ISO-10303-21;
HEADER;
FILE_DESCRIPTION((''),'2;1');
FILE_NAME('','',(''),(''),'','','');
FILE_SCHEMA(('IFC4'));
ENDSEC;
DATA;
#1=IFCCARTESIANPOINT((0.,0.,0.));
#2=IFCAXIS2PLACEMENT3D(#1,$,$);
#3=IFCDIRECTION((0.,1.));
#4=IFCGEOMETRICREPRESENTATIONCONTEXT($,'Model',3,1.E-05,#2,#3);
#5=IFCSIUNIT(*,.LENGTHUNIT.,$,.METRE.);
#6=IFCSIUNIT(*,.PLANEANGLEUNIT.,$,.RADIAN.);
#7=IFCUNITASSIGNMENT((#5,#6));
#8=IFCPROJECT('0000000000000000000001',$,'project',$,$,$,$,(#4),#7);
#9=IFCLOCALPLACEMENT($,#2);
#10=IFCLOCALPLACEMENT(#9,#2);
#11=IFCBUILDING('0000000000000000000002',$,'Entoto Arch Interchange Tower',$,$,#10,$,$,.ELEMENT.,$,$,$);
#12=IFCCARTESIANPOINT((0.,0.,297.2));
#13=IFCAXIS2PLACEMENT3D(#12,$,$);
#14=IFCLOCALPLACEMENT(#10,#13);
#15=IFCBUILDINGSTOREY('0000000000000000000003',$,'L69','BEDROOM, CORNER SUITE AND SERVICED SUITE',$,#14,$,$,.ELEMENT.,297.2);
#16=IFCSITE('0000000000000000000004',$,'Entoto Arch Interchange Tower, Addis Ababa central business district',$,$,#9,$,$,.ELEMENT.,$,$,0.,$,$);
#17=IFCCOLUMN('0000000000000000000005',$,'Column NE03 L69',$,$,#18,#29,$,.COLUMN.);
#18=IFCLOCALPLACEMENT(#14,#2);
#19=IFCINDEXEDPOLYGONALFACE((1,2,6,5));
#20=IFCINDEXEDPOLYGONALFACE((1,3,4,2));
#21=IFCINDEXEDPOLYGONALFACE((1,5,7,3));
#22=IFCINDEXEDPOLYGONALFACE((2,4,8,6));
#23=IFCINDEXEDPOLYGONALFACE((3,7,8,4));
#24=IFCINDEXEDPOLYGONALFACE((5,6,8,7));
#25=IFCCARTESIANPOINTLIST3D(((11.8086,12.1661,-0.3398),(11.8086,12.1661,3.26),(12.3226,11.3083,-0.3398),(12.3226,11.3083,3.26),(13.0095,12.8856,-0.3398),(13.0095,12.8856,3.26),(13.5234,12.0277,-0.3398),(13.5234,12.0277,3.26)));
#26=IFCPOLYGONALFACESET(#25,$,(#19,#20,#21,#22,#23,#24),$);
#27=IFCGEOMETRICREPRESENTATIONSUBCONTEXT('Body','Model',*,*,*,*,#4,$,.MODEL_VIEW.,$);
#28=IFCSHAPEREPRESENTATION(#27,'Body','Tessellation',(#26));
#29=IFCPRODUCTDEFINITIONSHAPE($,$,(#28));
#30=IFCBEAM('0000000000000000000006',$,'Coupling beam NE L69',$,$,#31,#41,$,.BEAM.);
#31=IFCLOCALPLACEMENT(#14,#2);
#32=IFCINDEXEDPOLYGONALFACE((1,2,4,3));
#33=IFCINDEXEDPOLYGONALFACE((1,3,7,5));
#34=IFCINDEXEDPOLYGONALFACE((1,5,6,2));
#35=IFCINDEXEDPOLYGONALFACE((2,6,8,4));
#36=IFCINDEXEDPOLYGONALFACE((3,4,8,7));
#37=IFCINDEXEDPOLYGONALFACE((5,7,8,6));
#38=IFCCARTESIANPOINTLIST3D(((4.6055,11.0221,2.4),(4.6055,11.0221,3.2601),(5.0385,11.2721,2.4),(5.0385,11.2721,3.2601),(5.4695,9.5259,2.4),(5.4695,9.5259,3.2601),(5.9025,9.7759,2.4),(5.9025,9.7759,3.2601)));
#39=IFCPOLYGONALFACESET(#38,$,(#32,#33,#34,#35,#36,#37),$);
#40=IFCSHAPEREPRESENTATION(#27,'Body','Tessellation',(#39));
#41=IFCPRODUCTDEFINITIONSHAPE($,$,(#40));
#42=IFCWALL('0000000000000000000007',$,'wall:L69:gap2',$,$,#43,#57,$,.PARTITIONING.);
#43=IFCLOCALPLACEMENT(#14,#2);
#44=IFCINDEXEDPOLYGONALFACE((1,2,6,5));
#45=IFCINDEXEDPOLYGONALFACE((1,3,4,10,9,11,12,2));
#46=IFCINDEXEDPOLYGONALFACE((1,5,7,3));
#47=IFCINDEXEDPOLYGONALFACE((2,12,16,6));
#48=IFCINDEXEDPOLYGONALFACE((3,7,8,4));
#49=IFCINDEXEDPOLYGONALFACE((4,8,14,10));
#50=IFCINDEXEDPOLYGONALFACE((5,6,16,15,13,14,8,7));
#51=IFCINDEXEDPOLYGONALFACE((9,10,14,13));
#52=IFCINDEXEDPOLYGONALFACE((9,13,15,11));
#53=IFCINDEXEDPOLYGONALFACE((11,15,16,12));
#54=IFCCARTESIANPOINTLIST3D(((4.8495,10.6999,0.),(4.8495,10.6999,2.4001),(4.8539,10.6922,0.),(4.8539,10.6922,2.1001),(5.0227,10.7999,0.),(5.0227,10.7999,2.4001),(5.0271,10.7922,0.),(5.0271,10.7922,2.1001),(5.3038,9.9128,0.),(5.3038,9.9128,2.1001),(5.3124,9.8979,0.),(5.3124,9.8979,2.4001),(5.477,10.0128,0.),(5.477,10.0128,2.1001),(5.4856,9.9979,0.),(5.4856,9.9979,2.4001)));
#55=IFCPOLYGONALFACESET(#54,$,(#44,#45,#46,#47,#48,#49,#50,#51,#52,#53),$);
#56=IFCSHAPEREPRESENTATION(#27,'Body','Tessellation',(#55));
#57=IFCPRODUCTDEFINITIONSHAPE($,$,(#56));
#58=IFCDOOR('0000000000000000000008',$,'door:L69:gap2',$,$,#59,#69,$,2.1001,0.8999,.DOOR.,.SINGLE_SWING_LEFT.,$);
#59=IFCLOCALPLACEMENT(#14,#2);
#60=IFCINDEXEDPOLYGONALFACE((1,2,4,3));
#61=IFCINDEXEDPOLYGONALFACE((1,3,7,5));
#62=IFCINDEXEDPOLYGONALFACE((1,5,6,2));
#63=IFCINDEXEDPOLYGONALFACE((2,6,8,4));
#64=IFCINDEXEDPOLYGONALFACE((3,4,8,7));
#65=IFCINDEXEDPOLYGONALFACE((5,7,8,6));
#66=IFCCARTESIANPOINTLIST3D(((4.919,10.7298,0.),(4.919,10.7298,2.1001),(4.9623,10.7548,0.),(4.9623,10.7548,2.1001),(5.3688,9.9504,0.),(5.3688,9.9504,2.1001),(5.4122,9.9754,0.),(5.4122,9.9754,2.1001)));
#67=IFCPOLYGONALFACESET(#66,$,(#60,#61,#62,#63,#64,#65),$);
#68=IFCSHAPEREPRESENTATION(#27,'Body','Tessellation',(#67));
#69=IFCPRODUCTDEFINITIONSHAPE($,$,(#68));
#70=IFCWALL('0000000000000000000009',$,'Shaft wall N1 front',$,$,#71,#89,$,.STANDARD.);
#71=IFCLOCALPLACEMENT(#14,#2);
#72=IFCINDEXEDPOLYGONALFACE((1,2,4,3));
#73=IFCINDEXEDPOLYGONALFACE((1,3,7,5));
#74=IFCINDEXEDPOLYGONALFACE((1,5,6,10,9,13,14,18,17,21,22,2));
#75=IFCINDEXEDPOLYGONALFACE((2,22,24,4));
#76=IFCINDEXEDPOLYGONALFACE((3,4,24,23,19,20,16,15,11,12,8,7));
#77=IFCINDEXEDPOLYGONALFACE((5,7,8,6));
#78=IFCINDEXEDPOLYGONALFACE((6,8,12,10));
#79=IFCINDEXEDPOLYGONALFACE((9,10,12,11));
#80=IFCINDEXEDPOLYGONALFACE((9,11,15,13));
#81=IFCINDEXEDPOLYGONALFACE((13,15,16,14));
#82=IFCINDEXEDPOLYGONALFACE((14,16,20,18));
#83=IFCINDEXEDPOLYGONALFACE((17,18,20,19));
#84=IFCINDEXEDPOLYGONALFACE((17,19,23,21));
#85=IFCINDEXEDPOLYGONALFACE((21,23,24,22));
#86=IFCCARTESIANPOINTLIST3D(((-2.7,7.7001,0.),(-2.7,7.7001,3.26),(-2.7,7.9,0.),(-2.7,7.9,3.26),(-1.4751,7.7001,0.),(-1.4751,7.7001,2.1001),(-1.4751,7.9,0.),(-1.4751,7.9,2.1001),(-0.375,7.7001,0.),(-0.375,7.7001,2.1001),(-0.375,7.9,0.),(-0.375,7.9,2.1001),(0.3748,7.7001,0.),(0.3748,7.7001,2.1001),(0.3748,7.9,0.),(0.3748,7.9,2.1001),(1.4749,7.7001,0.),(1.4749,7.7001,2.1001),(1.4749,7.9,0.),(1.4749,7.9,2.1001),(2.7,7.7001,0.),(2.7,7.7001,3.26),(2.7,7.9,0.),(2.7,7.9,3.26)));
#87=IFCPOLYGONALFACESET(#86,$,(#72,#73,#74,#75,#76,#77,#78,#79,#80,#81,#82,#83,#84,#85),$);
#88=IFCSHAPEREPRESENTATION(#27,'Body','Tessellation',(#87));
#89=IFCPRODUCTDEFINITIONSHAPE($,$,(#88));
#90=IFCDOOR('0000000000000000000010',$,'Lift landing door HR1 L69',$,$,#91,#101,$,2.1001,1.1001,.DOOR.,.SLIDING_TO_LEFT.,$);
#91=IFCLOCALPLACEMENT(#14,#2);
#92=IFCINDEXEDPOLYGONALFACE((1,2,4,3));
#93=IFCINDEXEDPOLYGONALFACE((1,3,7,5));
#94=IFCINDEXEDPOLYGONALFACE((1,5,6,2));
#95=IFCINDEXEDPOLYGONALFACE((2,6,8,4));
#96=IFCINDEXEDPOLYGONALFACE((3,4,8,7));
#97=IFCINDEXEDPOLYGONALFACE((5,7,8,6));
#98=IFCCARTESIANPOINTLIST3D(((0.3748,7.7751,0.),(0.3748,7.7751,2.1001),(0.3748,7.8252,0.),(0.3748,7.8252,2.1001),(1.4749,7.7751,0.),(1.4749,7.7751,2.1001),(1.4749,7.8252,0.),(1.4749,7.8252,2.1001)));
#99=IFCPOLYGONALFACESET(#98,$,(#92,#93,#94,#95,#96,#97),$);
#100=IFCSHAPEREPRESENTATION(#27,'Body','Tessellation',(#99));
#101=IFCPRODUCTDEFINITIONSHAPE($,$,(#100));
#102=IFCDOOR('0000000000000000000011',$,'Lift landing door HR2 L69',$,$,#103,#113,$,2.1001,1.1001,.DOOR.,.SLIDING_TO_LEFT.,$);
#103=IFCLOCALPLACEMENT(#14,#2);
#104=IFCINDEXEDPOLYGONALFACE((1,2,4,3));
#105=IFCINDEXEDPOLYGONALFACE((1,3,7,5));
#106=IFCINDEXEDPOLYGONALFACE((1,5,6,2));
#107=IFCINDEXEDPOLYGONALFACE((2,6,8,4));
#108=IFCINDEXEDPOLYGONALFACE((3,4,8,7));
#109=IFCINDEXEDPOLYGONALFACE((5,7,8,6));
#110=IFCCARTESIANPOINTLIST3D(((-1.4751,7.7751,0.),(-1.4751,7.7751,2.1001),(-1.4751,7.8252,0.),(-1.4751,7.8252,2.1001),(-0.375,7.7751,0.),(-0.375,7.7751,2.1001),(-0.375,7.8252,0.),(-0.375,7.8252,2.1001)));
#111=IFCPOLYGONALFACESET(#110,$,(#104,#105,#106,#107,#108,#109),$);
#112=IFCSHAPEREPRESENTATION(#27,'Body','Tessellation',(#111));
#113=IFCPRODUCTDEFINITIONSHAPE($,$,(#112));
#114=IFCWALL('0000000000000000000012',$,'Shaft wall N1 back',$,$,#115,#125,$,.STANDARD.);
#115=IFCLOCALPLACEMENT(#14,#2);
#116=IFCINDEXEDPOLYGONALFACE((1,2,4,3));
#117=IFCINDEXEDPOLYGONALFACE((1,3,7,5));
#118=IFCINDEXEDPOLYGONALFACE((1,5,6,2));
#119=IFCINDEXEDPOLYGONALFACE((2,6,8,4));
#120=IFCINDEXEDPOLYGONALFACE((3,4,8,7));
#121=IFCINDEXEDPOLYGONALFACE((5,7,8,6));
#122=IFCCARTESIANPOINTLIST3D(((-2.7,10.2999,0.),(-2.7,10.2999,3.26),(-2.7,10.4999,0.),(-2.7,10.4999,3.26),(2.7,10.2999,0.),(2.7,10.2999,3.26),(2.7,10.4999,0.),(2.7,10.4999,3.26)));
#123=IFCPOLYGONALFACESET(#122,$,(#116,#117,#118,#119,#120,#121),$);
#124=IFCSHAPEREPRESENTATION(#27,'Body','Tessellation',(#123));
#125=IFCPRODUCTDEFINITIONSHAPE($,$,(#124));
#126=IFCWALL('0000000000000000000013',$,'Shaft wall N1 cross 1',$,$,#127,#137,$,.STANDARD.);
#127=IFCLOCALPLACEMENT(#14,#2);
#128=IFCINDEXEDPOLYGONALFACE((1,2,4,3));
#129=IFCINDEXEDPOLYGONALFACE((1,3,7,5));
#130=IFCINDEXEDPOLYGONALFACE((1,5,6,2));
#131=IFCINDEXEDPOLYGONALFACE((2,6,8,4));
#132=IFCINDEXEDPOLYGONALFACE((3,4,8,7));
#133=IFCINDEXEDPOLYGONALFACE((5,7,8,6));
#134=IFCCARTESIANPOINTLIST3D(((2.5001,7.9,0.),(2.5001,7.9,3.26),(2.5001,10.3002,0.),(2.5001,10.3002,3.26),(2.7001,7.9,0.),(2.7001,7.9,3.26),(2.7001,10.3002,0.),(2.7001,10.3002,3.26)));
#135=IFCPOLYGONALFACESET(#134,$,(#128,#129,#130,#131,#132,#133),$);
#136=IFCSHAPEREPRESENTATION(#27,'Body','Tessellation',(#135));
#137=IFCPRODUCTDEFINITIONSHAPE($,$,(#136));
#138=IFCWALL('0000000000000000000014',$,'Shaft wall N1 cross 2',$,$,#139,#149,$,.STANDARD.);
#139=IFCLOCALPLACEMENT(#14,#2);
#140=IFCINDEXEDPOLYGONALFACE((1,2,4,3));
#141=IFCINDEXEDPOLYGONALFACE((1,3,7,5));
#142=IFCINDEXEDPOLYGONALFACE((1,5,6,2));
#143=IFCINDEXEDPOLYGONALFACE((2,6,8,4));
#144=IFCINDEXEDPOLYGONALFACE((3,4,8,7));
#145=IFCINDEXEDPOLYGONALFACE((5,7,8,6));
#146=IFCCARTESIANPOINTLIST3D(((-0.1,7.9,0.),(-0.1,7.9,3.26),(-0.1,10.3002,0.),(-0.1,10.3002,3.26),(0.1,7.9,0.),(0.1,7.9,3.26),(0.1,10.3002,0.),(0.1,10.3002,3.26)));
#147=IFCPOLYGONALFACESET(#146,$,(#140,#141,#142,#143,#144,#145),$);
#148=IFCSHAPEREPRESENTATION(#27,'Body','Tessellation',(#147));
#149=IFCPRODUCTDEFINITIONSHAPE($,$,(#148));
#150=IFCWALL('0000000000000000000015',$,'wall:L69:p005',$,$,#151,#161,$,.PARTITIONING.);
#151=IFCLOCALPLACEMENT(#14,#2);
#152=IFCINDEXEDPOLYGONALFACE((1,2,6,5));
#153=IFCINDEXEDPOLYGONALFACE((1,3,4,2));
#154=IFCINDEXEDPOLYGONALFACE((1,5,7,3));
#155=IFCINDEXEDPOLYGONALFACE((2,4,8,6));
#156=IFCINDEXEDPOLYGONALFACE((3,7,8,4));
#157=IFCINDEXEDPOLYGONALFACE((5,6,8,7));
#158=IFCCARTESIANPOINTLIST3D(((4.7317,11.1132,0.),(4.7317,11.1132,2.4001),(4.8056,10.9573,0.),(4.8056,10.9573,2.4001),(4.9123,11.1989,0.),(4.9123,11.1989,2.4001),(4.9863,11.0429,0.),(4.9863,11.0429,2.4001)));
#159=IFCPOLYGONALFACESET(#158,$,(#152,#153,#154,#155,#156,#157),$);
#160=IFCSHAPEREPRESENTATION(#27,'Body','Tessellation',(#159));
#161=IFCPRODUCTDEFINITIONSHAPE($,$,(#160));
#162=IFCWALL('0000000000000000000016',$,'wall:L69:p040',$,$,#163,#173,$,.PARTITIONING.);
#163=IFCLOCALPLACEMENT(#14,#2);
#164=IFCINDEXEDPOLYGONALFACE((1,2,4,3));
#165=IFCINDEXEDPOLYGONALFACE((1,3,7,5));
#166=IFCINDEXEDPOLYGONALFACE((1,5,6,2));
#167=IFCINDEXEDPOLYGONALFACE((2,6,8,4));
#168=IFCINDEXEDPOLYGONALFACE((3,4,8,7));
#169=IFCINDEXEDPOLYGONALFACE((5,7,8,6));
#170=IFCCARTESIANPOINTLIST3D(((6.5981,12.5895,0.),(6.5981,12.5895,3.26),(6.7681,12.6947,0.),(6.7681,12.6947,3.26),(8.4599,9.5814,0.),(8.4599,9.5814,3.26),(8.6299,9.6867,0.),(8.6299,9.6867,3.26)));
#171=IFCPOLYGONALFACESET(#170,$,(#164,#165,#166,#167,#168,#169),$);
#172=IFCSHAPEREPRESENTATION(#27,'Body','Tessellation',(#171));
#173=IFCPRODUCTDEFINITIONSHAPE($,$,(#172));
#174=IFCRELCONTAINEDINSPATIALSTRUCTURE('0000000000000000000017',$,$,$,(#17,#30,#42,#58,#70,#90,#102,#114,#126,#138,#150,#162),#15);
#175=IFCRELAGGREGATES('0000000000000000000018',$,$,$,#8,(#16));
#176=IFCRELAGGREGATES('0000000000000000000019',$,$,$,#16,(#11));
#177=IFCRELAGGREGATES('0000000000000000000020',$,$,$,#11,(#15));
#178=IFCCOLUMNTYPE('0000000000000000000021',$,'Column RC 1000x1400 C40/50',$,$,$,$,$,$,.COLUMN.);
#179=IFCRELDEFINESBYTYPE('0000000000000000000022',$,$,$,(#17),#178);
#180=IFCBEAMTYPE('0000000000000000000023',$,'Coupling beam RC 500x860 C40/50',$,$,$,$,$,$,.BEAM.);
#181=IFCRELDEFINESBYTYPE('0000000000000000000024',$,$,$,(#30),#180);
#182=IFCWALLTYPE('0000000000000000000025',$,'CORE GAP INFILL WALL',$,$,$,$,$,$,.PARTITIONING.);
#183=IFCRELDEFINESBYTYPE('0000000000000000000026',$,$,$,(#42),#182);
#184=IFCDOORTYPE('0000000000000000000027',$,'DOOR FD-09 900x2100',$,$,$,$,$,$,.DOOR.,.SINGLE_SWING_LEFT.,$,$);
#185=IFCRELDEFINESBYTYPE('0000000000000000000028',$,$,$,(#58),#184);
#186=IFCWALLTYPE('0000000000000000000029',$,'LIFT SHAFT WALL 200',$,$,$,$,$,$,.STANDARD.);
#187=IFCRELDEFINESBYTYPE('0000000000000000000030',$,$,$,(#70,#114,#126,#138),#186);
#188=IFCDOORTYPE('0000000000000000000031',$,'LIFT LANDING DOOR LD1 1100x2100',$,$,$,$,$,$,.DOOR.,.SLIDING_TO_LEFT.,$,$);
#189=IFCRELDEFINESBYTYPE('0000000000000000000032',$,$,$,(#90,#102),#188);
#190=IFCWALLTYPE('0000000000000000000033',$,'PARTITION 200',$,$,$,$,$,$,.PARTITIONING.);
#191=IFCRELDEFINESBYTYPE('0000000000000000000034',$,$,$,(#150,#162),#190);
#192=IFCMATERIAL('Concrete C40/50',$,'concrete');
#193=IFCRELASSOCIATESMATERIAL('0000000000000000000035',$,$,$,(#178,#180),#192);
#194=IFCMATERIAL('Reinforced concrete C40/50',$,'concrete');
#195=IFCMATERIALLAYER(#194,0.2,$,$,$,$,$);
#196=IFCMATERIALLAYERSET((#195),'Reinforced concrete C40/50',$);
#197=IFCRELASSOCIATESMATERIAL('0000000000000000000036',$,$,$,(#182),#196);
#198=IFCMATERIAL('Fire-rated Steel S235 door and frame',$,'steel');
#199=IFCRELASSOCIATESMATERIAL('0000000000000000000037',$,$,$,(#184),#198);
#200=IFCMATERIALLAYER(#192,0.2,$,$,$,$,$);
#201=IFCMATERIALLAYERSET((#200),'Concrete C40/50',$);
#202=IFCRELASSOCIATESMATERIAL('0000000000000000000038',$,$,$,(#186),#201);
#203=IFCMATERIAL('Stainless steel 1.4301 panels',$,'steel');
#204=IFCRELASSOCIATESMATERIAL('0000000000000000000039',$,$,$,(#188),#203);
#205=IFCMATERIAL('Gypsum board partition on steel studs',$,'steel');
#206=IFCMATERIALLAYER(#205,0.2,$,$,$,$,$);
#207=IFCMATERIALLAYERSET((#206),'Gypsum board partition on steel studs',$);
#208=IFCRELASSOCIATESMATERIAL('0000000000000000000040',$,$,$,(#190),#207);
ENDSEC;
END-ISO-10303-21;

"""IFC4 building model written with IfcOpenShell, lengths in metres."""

from ifc_helpers import new_model, si_unit, direction, frame, frame_2d, origin, origin_2d, place, context, subcontext, project, spatial, rectangle, extrude, material, layer, layer_set, material_profile, profile_set, type_object, element, fill, save


model = new_model("IFC4")

# Units and contexts
model_context = context("Model", 3, precision=1e-05, world=origin(), true_north=direction((0.0, 1.0)))
body_context = subcontext(model_context, "Body", "Model", "MODEL_VIEW")
ifc_project = project(units=[si_unit("LENGTHUNIT", "METRE"), si_unit("PLANEANGLEUNIT", "RADIAN")], contexts=[model_context])

# Site, building, storey
site_placement = place(None, origin())
site = spatial("IfcSite", under=ifc_project, at=site_placement, Name="Entoto Arch Interchange Tower, Addis Ababa central business district", CompositionType="ELEMENT", RefElevation=0.0)
building_placement = place(site_placement, origin())
building = spatial("IfcBuilding", under=site, at=building_placement, Name="Entoto Arch Interchange Tower", CompositionType="ELEMENT")
storey_placement = place(building_placement, frame((0.0, 0.0, 297.2)))
storey = spatial("IfcBuildingStorey", under=building, at=storey_placement, Name="L69", Description="BEDROOM, CORNER SUITE AND SERVICED SUITE", CompositionType="ELEMENT", Elevation=297.2)

# Column
ifc_material_1 = material(Name="Concrete C40/50", Category="concrete")
ifc_material_profile_1 = material_profile(ifc_material_1, rectangle(XDim=1.0, YDim=1.3999, at=origin_2d()))
ifc_profile_set_1 = profile_set([ifc_material_profile_1], Name="Concrete C40/50")
column_type = type_object("IfcColumnType", Name="Column RC 1000x1400 C40/50", PredefinedType="COLUMN", material=ifc_profile_set_1)
column_placement = place(storey_placement, frame((12.666, 12.0969, -0.3398), z_axis=(0.0, 0.0, 1.0), x_axis=(-0.513946, 0.857823, 0.0)))
element("IfcColumn", 1, at=column_placement, inside=storey, type_object=column_type, Name="Column NE03 L69", PredefinedType="COLUMN", context=body_context, shape_type="SweptSolid", body=[
    extrude(rectangle(XDim=1.0, YDim=1.3999, at=origin_2d()), origin(), (0.0, 0.0, 1.0), 3.5999),
])

# Beam
ifc_material_profile_2 = material_profile(ifc_material_1, rectangle(XDim=0.5, YDim=0.8601, at=origin_2d()))
ifc_profile_set_2 = profile_set([ifc_material_profile_2], Name="Concrete C40/50")
beam_type = type_object("IfcBeamType", Name="Coupling beam RC 500x860 C40/50", PredefinedType="BEAM", material=ifc_profile_set_2)
beam_placement = place(storey_placement, frame((5.686, 9.6509, 2.8301), z_axis=(-0.500106, 0.865964, 0.0), x_axis=(-0.865964, -0.500106, 0.0)))
element("IfcBeam", 2, at=beam_placement, inside=storey, type_object=beam_type, Name="Coupling beam NE L69", PredefinedType="BEAM", context=body_context, shape_type="SweptSolid", body=[
    extrude(rectangle(XDim=0.5, YDim=0.8601, at=origin_2d()), origin(), (0.0, 0.0, 1.0), 1.7278),
])

# Wall, opening, door
ifc_material_2 = material(Name="Reinforced concrete C40/50", Category="concrete")
ifc_layer_1 = layer(ifc_material_2, 0.2)
ifc_layer_set_1 = layer_set([ifc_layer_1], Name="Reinforced concrete C40/50")
wall_type_1 = type_object("IfcWallType", Name="CORE GAP INFILL WALL", PredefinedType="PARTITIONING", material=ifc_layer_set_1)
wall_1_placement = place(storey_placement, frame((5.3989, 9.948, 0.0), z_axis=(0.0, 0.0, 1.0), x_axis=(-0.499882, 0.866093, 0.0)))
wall_1 = element("IfcWall", 3, at=wall_1_placement, inside=storey, type_object=wall_type_1, Name="wall:L69:gap2", PredefinedType="PARTITIONING", context=body_context, shape_type="SweptSolid", body=[
    extrude(rectangle(XDim=0.926, YDim=0.2, at=frame_2d((0.4629, 0.0))), origin(), (0.0, 0.0, 1.0), 2.4001),
])
opening_1_placement = place(wall_1_placement, frame((0.0171, 0.0, 0.0)))
opening_1 = element("IfcOpeningElement", 4, at=opening_1_placement, cuts=wall_1, PredefinedType="OPENING", context=body_context, shape_type="SweptSolid", body=[
    extrude(rectangle(XDim=0.8999, YDim=2.1001, at=frame_2d((0.45, 1.05))), frame((0.0, 0.1099, 0.0), z_axis=(0.0, -1.0, 0.0), x_axis=(1.0, 0.0, 0.0)), (0.0, 0.0, 1.0), 0.22),
])
ifc_material_3 = material(Name="Fire-rated Steel S235 door and frame", Category="steel")
door_type_1 = type_object("IfcDoorType", Name="DOOR FD-09 900x2100", OperationType="SINGLE_SWING_LEFT", PredefinedType="DOOR", material=ifc_material_3)
door_1_placement = place(opening_1_placement, origin())
door_1 = element("IfcDoor", 5, at=door_1_placement, inside=storey, type_object=door_type_1, Name="door:L69:gap2", OperationType="SINGLE_SWING_LEFT", OverallHeight=2.1001, OverallWidth=0.8999, PredefinedType="DOOR", context=body_context, shape_type="SweptSolid", body=[
    extrude(rectangle(XDim=0.8999, YDim=2.1001, at=frame_2d((0.45, 1.05))), frame((0.0, 0.0249, 0.0), z_axis=(0.0, -1.0, 0.0), x_axis=(1.0, 0.0, 0.0)), (0.0, 0.0, 1.0), 0.05),
])
fill(opening_1, door_1)

# Wall, openings, doors
ifc_layer_2 = layer(ifc_material_1, 0.2)
ifc_layer_set_2 = layer_set([ifc_layer_2], Name="Concrete C40/50")
wall_type_2 = type_object("IfcWallType", Name="LIFT SHAFT WALL 200", PredefinedType="STANDARD", material=ifc_layer_set_2)
wall_2_placement = place(storey_placement, frame((2.7, 7.8, 0.0), z_axis=(0.0, 0.0, 1.0), x_axis=(-1.0, 0.0, 0.0)))
wall_2 = element("IfcWall", 6, at=wall_2_placement, inside=storey, type_object=wall_type_2, Name="Shaft wall N1 front", PredefinedType="STANDARD", context=body_context, shape_type="SweptSolid", body=[
    extrude(rectangle(XDim=5.3999, YDim=0.2, at=frame_2d((2.7, 0.0))), origin(), (0.0, 0.0, 1.0), 3.26),
])
opening_2_placement = place(wall_2_placement, frame((1.2251, 0.0, 0.0)))
opening_2 = element("IfcOpeningElement", 7, at=opening_2_placement, cuts=wall_2, PredefinedType="OPENING", context=body_context, shape_type="SweptSolid", body=[
    extrude(rectangle(XDim=1.1001, YDim=2.1001, at=frame_2d((0.55, 1.05))), frame((0.0, 0.1099, 0.0), z_axis=(0.0, -1.0, 0.0), x_axis=(1.0, 0.0, 0.0)), (0.0, 0.0, 1.0), 0.22),
])
opening_3_placement = place(wall_2_placement, frame((3.075, 0.0, 0.0)))
opening_3 = element("IfcOpeningElement", 8, at=opening_3_placement, cuts=wall_2, PredefinedType="OPENING", context=body_context, shape_type="SweptSolid", body=[
    extrude(rectangle(XDim=1.1001, YDim=2.1001, at=frame_2d((0.55, 1.05))), frame((0.0, 0.1099, 0.0), z_axis=(0.0, -1.0, 0.0), x_axis=(1.0, 0.0, 0.0)), (0.0, 0.0, 1.0), 0.22),
])
ifc_material_4 = material(Name="Stainless steel 1.4301 panels", Category="steel")
door_type_2 = type_object("IfcDoorType", Name="LIFT LANDING DOOR LD1 1100x2100", OperationType="SLIDING_TO_LEFT", PredefinedType="DOOR", material=ifc_material_4)
door_2_placement = place(opening_2_placement, origin())
door_2 = element("IfcDoor", 9, at=door_2_placement, inside=storey, type_object=door_type_2, Name="Lift landing door HR1 L69", OperationType="SLIDING_TO_LEFT", OverallHeight=2.1001, OverallWidth=1.1001, PredefinedType="DOOR", context=body_context, shape_type="SweptSolid", body=[
    extrude(rectangle(XDim=1.1001, YDim=2.1001, at=frame_2d((0.55, 1.05))), frame((0.0, 0.0249, 0.0), z_axis=(0.0, -1.0, 0.0), x_axis=(1.0, 0.0, 0.0)), (0.0, 0.0, 1.0), 0.05),
])
fill(opening_2, door_2)
door_3_placement = place(opening_3_placement, origin())
door_3 = element("IfcDoor", 10, at=door_3_placement, inside=storey, type_object=door_type_2, Name="Lift landing door HR2 L69", OperationType="SLIDING_TO_LEFT", OverallHeight=2.1001, OverallWidth=1.1001, PredefinedType="DOOR", context=body_context, shape_type="SweptSolid", body=[
    extrude(rectangle(XDim=1.1001, YDim=2.1001, at=frame_2d((0.55, 1.05))), frame((0.0, 0.0249, 0.0), z_axis=(0.0, -1.0, 0.0), x_axis=(1.0, 0.0, 0.0)), (0.0, 0.0, 1.0), 0.05),
])
fill(opening_3, door_3)

# Walls
wall_3_placement = place(storey_placement, frame((2.7, 10.3999, 0.0), z_axis=(0.0, 0.0, 1.0), x_axis=(-1.0, 0.0, 0.0)))
element("IfcWall", 11, at=wall_3_placement, inside=storey, type_object=wall_type_2, Name="Shaft wall N1 back", PredefinedType="STANDARD", context=body_context, shape_type="SweptSolid", body=[
    extrude(rectangle(XDim=5.3999, YDim=0.2, at=frame_2d((2.7, 0.0))), origin(), (0.0, 0.0, 1.0), 3.26),
])
for number, where, z_axis, x_axis, name in (
    (12, (2.6001, 7.8999, 0.0), (0.0, 0.0, 1.0), (0.0, 1.0, 0.0), "Shaft wall N1 cross 1"),
    (13, (0.0, 7.8999, 0.0), (0.0, 0.0, 1.0), (0.0, 1.0, 0.0), "Shaft wall N1 cross 2"),
):
    element("IfcWall", number, at=place(storey_placement, frame(where, z_axis=z_axis, x_axis=x_axis)), inside=storey, type_object=wall_type_2, Name=name, PredefinedType="STANDARD", context=body_context, shape_type="SweptSolid", body=[
        extrude(rectangle(XDim=2.4001, YDim=0.2, at=frame_2d((1.2002, 0.0))), origin(), (0.0, 0.0, 1.0), 3.26),
    ])
ifc_material_5 = material(Name="Gypsum board partition on steel studs", Category="steel")
ifc_layer_3 = layer(ifc_material_5, 0.2)
ifc_layer_set_3 = layer_set([ifc_layer_3], Name="Gypsum board partition on steel studs")
wall_type_3 = type_object("IfcWallType", Name="PARTITION 200", PredefinedType="PARTITIONING", material=ifc_layer_set_3)
wall_4_placement = place(storey_placement, frame((4.896, 11.0, 0.0), z_axis=(0.0, 0.0, 1.0), x_axis=(-0.428451, 0.903565, 0.0)))
element("IfcWall", 14, at=wall_4_placement, inside=storey, type_object=wall_type_3, Name="wall:L69:p005", PredefinedType="PARTITIONING", context=body_context, shape_type="SweptSolid", body=[
    extrude(rectangle(XDim=0.1726, YDim=0.2, at=frame_2d((0.0864, 0.0))), origin(), (0.0, 0.0, 1.0), 2.4001),
])
wall_5_placement = place(storey_placement, frame((6.6831, 12.6421, 0.0), z_axis=(0.0, 0.0, 1.0), x_axis=(0.52629, -0.850305, 0.0)))
element("IfcWall", 15, at=wall_5_placement, inside=storey, type_object=wall_type_3, Name="wall:L69:p040", PredefinedType="PARTITIONING", context=body_context, shape_type="SweptSolid", body=[
    extrude(rectangle(XDim=3.5376, YDim=0.2, at=frame_2d((1.7688, 0.0))), origin(), (0.0, 0.0, 1.0), 3.26),
])

save(model, "model.ifc")
